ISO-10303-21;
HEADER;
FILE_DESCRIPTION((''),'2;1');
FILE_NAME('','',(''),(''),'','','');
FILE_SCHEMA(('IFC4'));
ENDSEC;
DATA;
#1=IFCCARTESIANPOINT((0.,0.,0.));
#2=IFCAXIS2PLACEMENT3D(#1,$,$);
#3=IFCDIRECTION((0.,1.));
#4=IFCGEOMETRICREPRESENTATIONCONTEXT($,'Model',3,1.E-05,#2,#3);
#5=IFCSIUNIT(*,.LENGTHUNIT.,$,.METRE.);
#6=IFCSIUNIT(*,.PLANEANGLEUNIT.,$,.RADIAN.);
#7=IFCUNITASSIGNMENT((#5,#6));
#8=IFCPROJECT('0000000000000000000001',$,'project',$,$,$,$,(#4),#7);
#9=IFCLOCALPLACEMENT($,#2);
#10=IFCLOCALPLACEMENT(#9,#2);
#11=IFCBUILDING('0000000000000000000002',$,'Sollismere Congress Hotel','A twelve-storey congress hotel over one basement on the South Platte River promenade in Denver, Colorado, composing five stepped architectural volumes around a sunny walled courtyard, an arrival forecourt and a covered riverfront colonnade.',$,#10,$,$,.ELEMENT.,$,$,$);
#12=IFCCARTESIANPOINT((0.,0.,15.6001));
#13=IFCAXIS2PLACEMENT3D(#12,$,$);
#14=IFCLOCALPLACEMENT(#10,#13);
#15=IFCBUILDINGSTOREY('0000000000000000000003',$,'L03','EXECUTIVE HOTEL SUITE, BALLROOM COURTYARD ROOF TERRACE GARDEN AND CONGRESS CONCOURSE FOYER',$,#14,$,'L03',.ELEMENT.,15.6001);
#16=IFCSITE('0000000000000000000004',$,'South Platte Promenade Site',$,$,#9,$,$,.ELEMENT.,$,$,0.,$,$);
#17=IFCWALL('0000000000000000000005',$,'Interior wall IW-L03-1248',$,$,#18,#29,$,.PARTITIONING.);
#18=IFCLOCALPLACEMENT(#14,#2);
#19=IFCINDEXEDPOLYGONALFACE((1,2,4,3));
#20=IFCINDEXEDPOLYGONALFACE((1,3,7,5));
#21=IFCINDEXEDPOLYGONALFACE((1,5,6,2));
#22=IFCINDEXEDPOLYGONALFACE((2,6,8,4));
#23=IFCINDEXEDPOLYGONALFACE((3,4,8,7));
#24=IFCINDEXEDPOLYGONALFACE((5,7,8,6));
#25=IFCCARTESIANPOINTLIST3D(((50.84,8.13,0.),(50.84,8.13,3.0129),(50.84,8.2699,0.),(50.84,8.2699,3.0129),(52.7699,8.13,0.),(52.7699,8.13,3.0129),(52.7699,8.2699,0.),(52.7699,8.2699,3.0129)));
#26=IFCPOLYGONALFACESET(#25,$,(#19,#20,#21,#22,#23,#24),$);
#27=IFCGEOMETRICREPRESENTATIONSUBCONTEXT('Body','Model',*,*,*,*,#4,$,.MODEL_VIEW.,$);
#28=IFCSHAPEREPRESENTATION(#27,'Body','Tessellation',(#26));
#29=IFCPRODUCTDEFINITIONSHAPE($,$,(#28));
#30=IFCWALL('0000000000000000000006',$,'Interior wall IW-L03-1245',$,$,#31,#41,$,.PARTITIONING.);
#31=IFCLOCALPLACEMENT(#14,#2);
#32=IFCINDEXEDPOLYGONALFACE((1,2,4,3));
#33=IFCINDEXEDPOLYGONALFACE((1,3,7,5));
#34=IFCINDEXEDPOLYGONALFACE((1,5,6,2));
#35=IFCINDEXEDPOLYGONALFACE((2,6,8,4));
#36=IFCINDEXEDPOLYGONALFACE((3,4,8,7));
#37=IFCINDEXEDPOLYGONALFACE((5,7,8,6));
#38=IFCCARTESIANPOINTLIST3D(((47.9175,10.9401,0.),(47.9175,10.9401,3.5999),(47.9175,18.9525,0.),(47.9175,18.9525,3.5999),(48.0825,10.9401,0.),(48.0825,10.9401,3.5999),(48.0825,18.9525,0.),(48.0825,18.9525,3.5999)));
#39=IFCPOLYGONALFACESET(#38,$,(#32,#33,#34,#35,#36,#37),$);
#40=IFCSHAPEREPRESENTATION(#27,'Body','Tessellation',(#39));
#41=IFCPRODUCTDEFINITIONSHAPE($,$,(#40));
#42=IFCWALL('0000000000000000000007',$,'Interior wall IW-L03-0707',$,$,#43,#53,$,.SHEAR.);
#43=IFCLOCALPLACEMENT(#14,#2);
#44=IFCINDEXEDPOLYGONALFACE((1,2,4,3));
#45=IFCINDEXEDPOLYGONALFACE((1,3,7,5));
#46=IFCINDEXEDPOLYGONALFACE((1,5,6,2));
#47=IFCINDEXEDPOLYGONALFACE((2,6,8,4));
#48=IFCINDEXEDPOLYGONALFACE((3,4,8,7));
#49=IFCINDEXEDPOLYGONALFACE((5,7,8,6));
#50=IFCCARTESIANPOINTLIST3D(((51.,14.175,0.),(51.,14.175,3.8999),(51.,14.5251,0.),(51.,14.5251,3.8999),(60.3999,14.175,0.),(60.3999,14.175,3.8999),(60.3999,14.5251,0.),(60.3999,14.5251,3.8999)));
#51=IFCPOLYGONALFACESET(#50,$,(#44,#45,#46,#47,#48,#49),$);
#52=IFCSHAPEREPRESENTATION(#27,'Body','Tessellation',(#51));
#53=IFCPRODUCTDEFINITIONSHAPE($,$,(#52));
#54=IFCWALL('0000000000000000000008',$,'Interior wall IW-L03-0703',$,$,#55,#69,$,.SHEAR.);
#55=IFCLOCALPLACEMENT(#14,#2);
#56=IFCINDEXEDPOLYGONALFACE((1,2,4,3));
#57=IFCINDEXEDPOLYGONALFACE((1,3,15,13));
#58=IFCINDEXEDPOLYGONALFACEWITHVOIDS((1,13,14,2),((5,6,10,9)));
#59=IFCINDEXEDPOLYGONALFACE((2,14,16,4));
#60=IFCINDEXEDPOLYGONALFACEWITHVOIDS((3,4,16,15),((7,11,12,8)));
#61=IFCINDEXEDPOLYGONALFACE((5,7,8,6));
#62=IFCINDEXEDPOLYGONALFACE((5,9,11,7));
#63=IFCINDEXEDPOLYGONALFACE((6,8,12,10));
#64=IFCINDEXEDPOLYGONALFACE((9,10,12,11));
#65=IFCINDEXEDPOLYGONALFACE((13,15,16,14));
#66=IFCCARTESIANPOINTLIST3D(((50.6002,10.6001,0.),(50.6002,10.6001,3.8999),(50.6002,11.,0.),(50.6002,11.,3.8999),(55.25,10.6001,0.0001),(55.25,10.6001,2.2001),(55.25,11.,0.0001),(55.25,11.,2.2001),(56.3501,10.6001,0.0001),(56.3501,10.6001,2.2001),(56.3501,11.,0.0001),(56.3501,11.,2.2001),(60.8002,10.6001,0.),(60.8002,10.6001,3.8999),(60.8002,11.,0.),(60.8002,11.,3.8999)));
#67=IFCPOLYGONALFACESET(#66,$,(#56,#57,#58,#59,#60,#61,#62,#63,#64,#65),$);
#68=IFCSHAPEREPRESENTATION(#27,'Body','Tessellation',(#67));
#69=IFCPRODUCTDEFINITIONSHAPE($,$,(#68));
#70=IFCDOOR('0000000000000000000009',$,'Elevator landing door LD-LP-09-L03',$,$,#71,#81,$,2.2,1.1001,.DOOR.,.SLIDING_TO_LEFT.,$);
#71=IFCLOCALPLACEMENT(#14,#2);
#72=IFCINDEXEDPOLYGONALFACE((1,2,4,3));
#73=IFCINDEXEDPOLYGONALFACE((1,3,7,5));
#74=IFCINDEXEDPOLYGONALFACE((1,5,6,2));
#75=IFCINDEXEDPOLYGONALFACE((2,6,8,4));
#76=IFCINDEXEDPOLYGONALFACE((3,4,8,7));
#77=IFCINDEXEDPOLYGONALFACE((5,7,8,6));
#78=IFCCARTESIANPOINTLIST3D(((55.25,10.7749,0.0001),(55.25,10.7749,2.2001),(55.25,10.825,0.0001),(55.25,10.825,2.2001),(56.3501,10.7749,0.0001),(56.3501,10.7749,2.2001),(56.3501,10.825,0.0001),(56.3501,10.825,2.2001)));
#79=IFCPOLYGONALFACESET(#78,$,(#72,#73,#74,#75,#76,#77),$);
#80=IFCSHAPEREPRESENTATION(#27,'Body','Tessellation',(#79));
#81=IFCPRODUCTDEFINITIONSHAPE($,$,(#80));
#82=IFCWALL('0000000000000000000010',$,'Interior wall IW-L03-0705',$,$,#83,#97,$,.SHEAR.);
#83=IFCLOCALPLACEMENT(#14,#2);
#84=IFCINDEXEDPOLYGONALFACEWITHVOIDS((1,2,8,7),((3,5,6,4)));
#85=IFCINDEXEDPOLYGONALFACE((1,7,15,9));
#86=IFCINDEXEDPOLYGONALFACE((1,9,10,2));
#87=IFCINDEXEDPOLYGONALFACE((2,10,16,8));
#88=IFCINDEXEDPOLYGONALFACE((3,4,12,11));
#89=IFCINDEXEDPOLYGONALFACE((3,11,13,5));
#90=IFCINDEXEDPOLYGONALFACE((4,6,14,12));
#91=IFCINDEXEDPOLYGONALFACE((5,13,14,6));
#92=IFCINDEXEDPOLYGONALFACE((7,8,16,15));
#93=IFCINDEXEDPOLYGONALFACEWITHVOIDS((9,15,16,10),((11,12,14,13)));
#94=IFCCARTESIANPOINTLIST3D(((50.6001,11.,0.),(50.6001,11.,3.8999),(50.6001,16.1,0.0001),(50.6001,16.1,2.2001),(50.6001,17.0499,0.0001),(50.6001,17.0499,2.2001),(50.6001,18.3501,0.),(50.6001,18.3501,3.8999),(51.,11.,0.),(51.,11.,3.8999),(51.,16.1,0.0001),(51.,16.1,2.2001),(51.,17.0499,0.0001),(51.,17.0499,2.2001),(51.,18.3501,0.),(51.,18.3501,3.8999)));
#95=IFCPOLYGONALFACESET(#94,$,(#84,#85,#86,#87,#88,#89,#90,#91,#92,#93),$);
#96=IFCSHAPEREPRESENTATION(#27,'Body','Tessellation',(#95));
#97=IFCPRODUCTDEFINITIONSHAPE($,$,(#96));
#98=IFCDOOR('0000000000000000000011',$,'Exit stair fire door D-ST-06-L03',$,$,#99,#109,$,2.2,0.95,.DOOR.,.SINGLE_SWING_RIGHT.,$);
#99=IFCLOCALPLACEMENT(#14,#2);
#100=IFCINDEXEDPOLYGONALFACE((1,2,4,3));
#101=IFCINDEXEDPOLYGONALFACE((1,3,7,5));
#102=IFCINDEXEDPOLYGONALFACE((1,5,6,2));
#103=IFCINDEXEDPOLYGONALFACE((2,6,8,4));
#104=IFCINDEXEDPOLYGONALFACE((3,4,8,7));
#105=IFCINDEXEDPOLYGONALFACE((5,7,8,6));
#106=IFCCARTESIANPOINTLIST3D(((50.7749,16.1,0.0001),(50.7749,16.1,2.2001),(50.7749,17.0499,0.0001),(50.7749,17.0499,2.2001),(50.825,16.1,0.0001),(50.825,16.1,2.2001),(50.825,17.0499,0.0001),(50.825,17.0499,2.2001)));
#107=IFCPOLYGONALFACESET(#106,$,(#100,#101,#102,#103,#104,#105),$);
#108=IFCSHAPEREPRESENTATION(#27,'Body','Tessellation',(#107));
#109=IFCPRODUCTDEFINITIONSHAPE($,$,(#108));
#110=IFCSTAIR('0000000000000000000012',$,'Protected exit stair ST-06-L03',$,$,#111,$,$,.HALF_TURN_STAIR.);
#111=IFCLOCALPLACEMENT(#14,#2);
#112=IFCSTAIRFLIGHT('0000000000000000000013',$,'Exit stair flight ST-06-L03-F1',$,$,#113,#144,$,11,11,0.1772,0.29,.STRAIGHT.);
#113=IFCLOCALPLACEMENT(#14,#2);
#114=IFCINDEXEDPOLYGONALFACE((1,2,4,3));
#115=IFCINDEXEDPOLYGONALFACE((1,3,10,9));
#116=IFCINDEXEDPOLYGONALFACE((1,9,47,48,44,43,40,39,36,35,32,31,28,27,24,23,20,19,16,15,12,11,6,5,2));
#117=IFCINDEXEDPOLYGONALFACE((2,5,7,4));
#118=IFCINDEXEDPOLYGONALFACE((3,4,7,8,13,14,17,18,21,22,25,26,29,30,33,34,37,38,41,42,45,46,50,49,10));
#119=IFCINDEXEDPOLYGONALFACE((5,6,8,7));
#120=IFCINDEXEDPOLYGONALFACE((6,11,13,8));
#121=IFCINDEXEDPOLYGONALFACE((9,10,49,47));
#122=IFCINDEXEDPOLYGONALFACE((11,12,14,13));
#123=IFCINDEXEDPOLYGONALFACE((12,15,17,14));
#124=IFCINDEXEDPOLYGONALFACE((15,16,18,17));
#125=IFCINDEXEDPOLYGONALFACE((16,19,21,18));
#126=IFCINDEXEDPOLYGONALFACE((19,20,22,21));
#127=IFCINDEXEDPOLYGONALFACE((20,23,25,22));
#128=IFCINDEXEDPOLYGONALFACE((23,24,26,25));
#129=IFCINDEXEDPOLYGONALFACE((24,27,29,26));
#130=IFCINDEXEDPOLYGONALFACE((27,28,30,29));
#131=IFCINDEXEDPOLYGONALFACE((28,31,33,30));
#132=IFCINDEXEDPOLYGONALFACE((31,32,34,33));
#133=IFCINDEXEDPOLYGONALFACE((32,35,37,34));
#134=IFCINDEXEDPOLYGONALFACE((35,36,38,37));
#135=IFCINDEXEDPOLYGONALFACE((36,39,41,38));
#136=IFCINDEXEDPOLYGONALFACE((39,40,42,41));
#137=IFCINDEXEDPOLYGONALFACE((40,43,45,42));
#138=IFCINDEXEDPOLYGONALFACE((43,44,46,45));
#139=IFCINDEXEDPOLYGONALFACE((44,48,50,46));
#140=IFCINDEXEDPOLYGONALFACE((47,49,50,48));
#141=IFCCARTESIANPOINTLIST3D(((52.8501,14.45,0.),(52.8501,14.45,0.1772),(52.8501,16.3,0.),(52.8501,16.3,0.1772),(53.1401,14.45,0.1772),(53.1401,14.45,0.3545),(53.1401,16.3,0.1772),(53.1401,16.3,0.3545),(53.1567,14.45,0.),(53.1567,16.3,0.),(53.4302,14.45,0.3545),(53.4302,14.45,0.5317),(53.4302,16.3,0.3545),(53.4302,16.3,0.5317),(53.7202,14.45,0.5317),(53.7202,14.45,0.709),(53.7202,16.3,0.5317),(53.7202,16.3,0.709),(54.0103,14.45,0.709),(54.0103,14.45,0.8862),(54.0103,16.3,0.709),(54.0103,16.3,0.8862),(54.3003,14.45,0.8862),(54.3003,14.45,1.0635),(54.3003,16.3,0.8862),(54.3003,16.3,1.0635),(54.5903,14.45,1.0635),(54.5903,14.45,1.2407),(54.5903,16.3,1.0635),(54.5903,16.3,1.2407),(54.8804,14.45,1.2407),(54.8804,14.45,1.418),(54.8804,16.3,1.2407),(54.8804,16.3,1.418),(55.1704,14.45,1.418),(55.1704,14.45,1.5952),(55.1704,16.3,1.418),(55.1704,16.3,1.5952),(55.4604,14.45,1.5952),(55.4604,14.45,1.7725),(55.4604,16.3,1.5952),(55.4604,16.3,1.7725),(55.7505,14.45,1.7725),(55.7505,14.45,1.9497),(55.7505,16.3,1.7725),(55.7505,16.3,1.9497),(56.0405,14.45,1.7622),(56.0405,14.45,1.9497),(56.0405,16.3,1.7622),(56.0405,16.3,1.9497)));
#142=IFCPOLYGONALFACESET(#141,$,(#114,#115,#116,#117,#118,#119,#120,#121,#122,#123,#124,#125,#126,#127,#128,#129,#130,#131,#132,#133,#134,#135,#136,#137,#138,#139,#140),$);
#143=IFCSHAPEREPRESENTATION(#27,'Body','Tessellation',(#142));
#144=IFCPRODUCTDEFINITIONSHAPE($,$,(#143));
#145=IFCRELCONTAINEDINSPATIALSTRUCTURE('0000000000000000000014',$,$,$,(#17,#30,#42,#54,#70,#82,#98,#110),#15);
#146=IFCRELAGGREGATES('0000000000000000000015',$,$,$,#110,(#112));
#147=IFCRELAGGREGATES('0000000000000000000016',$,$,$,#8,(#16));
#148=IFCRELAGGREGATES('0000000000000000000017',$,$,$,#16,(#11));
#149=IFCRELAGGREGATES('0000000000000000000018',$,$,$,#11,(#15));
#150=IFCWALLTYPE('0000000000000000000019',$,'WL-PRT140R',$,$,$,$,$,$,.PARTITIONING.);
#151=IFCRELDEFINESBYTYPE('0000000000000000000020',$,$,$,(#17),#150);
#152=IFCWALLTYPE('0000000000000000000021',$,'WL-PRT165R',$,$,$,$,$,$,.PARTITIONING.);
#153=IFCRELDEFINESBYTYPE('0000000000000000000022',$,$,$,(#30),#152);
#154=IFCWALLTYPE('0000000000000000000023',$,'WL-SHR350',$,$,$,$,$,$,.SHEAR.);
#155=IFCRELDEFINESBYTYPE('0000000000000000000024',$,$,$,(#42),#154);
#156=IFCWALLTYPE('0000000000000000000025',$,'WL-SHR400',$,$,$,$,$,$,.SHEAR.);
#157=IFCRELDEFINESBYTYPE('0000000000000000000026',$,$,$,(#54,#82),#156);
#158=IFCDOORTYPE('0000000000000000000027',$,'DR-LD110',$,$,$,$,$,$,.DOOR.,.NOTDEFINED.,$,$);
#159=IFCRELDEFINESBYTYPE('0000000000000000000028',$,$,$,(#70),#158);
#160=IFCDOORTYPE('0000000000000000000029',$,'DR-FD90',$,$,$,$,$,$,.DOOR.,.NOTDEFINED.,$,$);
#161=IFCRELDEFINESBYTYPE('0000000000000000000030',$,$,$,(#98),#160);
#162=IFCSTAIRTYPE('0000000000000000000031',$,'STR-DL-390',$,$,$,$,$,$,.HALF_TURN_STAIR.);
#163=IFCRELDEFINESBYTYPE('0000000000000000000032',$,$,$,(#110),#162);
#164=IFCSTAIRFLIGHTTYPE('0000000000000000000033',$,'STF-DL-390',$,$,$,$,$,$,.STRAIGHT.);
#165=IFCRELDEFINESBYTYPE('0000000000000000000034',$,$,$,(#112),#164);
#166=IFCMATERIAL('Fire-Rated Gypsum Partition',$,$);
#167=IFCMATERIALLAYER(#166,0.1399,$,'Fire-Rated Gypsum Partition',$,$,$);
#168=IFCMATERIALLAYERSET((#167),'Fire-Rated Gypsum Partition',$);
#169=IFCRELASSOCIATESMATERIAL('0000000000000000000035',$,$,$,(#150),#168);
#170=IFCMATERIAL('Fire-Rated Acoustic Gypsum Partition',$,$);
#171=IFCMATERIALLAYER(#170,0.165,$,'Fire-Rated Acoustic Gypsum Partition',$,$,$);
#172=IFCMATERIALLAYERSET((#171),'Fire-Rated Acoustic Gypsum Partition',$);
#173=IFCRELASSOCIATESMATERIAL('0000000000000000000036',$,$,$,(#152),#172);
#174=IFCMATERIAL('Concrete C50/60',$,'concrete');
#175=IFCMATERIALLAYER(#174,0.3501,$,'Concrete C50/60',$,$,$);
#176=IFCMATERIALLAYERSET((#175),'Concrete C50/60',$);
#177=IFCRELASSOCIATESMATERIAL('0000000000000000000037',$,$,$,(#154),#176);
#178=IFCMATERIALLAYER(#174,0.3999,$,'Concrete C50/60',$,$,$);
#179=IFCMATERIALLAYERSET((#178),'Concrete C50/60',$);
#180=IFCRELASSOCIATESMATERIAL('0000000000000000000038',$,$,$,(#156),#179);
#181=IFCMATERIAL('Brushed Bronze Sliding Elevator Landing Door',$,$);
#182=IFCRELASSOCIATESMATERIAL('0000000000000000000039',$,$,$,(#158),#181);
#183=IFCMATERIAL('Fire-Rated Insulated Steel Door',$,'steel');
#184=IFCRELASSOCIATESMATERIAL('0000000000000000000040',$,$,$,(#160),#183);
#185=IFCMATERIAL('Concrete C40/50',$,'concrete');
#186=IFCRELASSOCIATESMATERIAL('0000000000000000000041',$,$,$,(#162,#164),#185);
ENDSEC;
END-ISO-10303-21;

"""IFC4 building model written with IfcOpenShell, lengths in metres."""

from ifc_helpers import new_model, si_unit, direction, frame, frame_2d, origin, place, context, subcontext, project, spatial, polyline, rectangle, outline, extrude, material, layer, layer_set, type_object, element, fill, aggregate, save


model = new_model("IFC4")

# Units and contexts
model_context = context("Model", 3, precision=1e-05, world=origin(), true_north=direction((0.0, 1.0)))
body_context = subcontext(model_context, "Body", "Model", "MODEL_VIEW")
ifc_project = project(units=[si_unit("LENGTHUNIT", "METRE"), si_unit("PLANEANGLEUNIT", "RADIAN")], contexts=[model_context])

# Site, building, storey
site_placement = place(None, origin())
site = spatial("IfcSite", under=ifc_project, at=site_placement, Name="South Platte Promenade Site", CompositionType="ELEMENT", RefElevation=0.0)
building_placement = place(site_placement, origin())
building = spatial("IfcBuilding", under=site, at=building_placement, Name="Sollismere Congress Hotel", Description="A twelve-storey congress hotel over one basement on the South Platte River promenade in Denver, Colorado, composing five stepped architectural volumes around a sunny walled courtyard, an arrival forecourt and a covered riverfront colonnade.", CompositionType="ELEMENT")
storey_placement = place(building_placement, frame((0.0, 0.0, 15.6001)))
storey = spatial("IfcBuildingStorey", under=building, at=storey_placement, Name="L03", Description="EXECUTIVE HOTEL SUITE, BALLROOM COURTYARD ROOF TERRACE GARDEN AND CONGRESS CONCOURSE FOYER", LongName="L03", CompositionType="ELEMENT", Elevation=15.6001)

# Shared definitions
ifc_material_1 = material(Name="Fire-Rated Gypsum Partition")
ifc_layer_1 = layer(ifc_material_1, 0.1399, Name="Fire-Rated Gypsum Partition")
ifc_layer_set_1 = layer_set([ifc_layer_1], Name="Fire-Rated Gypsum Partition")
wall_type_1 = type_object("IfcWallType", Name="WL-PRT140R", PredefinedType="PARTITIONING", material=ifc_layer_set_1)

# Wall
wall_1_placement = place(storey_placement, frame((50.8401, 8.2, 0.0), z_axis=(0.0, 0.0, 1.0), x_axis=(1.0, 0.0, 0.0)))
element("IfcWall", 1, at=wall_1_placement, inside=storey, type_object=wall_type_1, Name="Interior wall IW-L03-1248", PredefinedType="PARTITIONING", context=body_context, shape_type="SweptSolid", body=[
    extrude(rectangle(XDim=1.9299, YDim=0.1399, at=frame_2d((0.9648, 0.0))), origin(), (0.0, 0.0, 1.0), 3.0129),
])

# Walls
ifc_material_2 = material(Name="Fire-Rated Acoustic Gypsum Partition")
ifc_layer_2 = layer(ifc_material_2, 0.165, Name="Fire-Rated Acoustic Gypsum Partition")
ifc_layer_set_2 = layer_set([ifc_layer_2], Name="Fire-Rated Acoustic Gypsum Partition")
wall_type_2 = type_object("IfcWallType", Name="WL-PRT165R", PredefinedType="PARTITIONING", material=ifc_layer_set_2)
wall_2_placement = place(storey_placement, frame((48.0, 10.9399, 0.0), z_axis=(0.0, 0.0, 1.0), x_axis=(0.0, 1.0, 0.0)))
element("IfcWall", 2, at=wall_2_placement, inside=storey, type_object=wall_type_2, Name="Interior wall IW-L03-1245", PredefinedType="PARTITIONING", context=body_context, shape_type="SweptSolid", body=[
    extrude(rectangle(XDim=8.0125, YDim=0.165, at=frame_2d((4.0063, 0.0))), origin(), (0.0, 0.0, 1.0), 3.5999),
])
ifc_material_3 = material(Name="Concrete C50/60", Category="concrete")
ifc_layer_3 = layer(ifc_material_3, 0.3501, Name="Concrete C50/60")
ifc_layer_set_3 = layer_set([ifc_layer_3], Name="Concrete C50/60")
wall_type_3 = type_object("IfcWallType", Name="WL-SHR350", PredefinedType="SHEAR", material=ifc_layer_set_3)
wall_3_placement = place(storey_placement, frame((51.0, 14.3501, 0.0), z_axis=(0.0, 0.0, 1.0), x_axis=(1.0, 0.0, 0.0)))
element("IfcWall", 3, at=wall_3_placement, inside=storey, type_object=wall_type_3, Name="Interior wall IW-L03-0707", PredefinedType="SHEAR", context=body_context, shape_type="SweptSolid", body=[
    extrude(rectangle(XDim=9.3999, YDim=0.3501, at=frame_2d((4.7, 0.0))), origin(), (0.0, 0.0, 1.0), 3.8999),
])

# Walls, openings, doors
ifc_layer_4 = layer(ifc_material_3, 0.3999, Name="Concrete C50/60")
ifc_layer_set_4 = layer_set([ifc_layer_4], Name="Concrete C50/60")
wall_type_4 = type_object("IfcWallType", Name="WL-SHR400", PredefinedType="SHEAR", material=ifc_layer_set_4)
wall_4_placement = place(storey_placement, frame((50.6001, 10.8, 0.0), z_axis=(0.0, 0.0, 1.0), x_axis=(1.0, 0.0, 0.0)))
wall_4 = element("IfcWall", 4, at=wall_4_placement, inside=storey, type_object=wall_type_4, Name="Interior wall IW-L03-0703", PredefinedType="SHEAR", context=body_context, shape_type="SweptSolid", body=[
    extrude(rectangle(XDim=10.2, YDim=0.3999, at=frame_2d((5.1001, 0.0))), origin(), (0.0, 0.0, 1.0), 3.8999),
])
opening_1_placement = place(wall_4_placement, frame((4.6499, 0.0, 0.0)))
opening_1 = element("IfcOpeningElement", 5, at=opening_1_placement, cuts=wall_4, PredefinedType="OPENING", context=body_context, shape_type="SweptSolid", body=[
    extrude(rectangle(XDim=1.1001, YDim=2.2, at=frame_2d((0.55, 1.1001))), frame((0.0, 0.21, 0.0), z_axis=(0.0, -1.0, 0.0), x_axis=(1.0, 0.0, 0.0)), (0.0, 0.0, 1.0), 0.4199),
])
ifc_material_4 = material(Name="Brushed Bronze Sliding Elevator Landing Door")
door_type_1 = type_object("IfcDoorType", Name="DR-LD110", OperationType="NOTDEFINED", PredefinedType="DOOR", material=ifc_material_4)
door_1_placement = place(opening_1_placement, origin())
door_1 = element("IfcDoor", 6, at=door_1_placement, inside=storey, type_object=door_type_1, Name="Elevator landing door LD-LP-09-L03", OperationType="SLIDING_TO_LEFT", OverallHeight=2.2, OverallWidth=1.1001, PredefinedType="DOOR", context=body_context, shape_type="SweptSolid", body=[
    extrude(rectangle(XDim=1.1001, YDim=2.2, at=frame_2d((0.55, 1.1001))), frame((0.0, 0.0249, 0.0), z_axis=(0.0, -1.0, 0.0), x_axis=(1.0, 0.0, 0.0)), (0.0, 0.0, 1.0), 0.05),
])
fill(opening_1, door_1)
wall_5_placement = place(storey_placement, frame((50.8, 18.3501, 0.0), z_axis=(0.0, 0.0, 1.0), x_axis=(0.0, -1.0, 0.0)))
wall_5 = element("IfcWall", 7, at=wall_5_placement, inside=storey, type_object=wall_type_4, Name="Interior wall IW-L03-0705", PredefinedType="SHEAR", context=body_context, shape_type="SweptSolid", body=[
    extrude(rectangle(XDim=7.3501, YDim=0.3999, at=frame_2d((3.675, 0.0))), origin(), (0.0, 0.0, 1.0), 3.8999),
])
opening_2_placement = place(wall_5_placement, frame((1.3, 0.0, 0.0)))
opening_2 = element("IfcOpeningElement", 8, at=opening_2_placement, cuts=wall_5, PredefinedType="OPENING", context=body_context, shape_type="SweptSolid", body=[
    extrude(rectangle(XDim=0.95, YDim=2.2, at=frame_2d((0.4751, 1.1001))), frame((0.0, 0.21, 0.0), z_axis=(0.0, -1.0, 0.0), x_axis=(1.0, 0.0, 0.0)), (0.0, 0.0, 1.0), 0.4199),
])
ifc_material_5 = material(Name="Fire-Rated Insulated Steel Door", Category="steel")
door_type_2 = type_object("IfcDoorType", Name="DR-FD90", OperationType="NOTDEFINED", PredefinedType="DOOR", material=ifc_material_5)
door_2_placement = place(opening_2_placement, origin())
door_2 = element("IfcDoor", 9, at=door_2_placement, inside=storey, type_object=door_type_2, Name="Exit stair fire door D-ST-06-L03", OperationType="SINGLE_SWING_RIGHT", OverallHeight=2.2, OverallWidth=0.95, PredefinedType="DOOR", context=body_context, shape_type="SweptSolid", body=[
    extrude(rectangle(XDim=0.95, YDim=2.2, at=frame_2d((0.4751, 1.1001))), frame((0.0, 0.0249, 0.0), z_axis=(0.0, -1.0, 0.0), x_axis=(1.0, 0.0, 0.0)), (0.0, 0.0, 1.0), 0.05),
])
fill(opening_2, door_2)

# Stair, stair flight
ifc_material_6 = material(Name="Concrete C40/50", Category="concrete")
stair_type = type_object("IfcStairType", Name="STR-DL-390", PredefinedType="HALF_TURN_STAIR", material=ifc_material_6)
stair_placement = place(storey_placement, origin())
stair = element("IfcStair", 10, at=stair_placement, inside=storey, type_object=stair_type, Name="Protected exit stair ST-06-L03", PredefinedType="HALF_TURN_STAIR")
stair_flight_type = type_object("IfcStairFlightType", Name="STF-DL-390", PredefinedType="STRAIGHT", material=ifc_material_6)
stair_flight_placement = place(storey_placement, frame((52.8501, 15.375, 0.0), z_axis=(0.0, 0.0, 1.0), x_axis=(1.0, 0.0, 0.0)))
stair_flight = element("IfcStairFlight", 11, at=stair_flight_placement, type_object=stair_flight_type, Name="Exit stair flight ST-06-L03-F1", NumberOfRisers=11, NumberOfTreads=11, PredefinedType="STRAIGHT", RiserHeight=0.1772, TreadLength=0.29, context=body_context, shape_type="SweptSolid", body=[
    extrude(outline(polyline([(0.0, 0.0), (0.0, 0.1772), (0.29, 0.1772), (0.29, 0.3545), (0.5801, 0.3545), (0.5801, 0.5317), (0.8701, 0.5317), (0.8701, 0.709), (1.1602, 0.709), (1.1602, 0.8862), (1.4502, 0.8862), (1.4502, 1.0635), (1.7402, 1.0635), (1.7402, 1.2407), (2.0303, 1.2407), (2.0303, 1.418), (2.3203, 1.418), (2.3203, 1.5952), (2.6104, 1.5952), (2.6104, 1.7725), (2.9004, 1.7725), (2.9004, 1.9497), (3.1904, 1.9497), (3.1904, 1.7622), (0.3066, 0.0), (0.0, 0.0)])), frame((0.0, 0.925, 0.0), z_axis=(0.0, -1.0, 0.0), x_axis=(1.0, 0.0, 0.0)), (0.0, 0.0, 1.0), 1.8501),
])
aggregate(stair, [stair_flight])

save(model, "model.ifc")
